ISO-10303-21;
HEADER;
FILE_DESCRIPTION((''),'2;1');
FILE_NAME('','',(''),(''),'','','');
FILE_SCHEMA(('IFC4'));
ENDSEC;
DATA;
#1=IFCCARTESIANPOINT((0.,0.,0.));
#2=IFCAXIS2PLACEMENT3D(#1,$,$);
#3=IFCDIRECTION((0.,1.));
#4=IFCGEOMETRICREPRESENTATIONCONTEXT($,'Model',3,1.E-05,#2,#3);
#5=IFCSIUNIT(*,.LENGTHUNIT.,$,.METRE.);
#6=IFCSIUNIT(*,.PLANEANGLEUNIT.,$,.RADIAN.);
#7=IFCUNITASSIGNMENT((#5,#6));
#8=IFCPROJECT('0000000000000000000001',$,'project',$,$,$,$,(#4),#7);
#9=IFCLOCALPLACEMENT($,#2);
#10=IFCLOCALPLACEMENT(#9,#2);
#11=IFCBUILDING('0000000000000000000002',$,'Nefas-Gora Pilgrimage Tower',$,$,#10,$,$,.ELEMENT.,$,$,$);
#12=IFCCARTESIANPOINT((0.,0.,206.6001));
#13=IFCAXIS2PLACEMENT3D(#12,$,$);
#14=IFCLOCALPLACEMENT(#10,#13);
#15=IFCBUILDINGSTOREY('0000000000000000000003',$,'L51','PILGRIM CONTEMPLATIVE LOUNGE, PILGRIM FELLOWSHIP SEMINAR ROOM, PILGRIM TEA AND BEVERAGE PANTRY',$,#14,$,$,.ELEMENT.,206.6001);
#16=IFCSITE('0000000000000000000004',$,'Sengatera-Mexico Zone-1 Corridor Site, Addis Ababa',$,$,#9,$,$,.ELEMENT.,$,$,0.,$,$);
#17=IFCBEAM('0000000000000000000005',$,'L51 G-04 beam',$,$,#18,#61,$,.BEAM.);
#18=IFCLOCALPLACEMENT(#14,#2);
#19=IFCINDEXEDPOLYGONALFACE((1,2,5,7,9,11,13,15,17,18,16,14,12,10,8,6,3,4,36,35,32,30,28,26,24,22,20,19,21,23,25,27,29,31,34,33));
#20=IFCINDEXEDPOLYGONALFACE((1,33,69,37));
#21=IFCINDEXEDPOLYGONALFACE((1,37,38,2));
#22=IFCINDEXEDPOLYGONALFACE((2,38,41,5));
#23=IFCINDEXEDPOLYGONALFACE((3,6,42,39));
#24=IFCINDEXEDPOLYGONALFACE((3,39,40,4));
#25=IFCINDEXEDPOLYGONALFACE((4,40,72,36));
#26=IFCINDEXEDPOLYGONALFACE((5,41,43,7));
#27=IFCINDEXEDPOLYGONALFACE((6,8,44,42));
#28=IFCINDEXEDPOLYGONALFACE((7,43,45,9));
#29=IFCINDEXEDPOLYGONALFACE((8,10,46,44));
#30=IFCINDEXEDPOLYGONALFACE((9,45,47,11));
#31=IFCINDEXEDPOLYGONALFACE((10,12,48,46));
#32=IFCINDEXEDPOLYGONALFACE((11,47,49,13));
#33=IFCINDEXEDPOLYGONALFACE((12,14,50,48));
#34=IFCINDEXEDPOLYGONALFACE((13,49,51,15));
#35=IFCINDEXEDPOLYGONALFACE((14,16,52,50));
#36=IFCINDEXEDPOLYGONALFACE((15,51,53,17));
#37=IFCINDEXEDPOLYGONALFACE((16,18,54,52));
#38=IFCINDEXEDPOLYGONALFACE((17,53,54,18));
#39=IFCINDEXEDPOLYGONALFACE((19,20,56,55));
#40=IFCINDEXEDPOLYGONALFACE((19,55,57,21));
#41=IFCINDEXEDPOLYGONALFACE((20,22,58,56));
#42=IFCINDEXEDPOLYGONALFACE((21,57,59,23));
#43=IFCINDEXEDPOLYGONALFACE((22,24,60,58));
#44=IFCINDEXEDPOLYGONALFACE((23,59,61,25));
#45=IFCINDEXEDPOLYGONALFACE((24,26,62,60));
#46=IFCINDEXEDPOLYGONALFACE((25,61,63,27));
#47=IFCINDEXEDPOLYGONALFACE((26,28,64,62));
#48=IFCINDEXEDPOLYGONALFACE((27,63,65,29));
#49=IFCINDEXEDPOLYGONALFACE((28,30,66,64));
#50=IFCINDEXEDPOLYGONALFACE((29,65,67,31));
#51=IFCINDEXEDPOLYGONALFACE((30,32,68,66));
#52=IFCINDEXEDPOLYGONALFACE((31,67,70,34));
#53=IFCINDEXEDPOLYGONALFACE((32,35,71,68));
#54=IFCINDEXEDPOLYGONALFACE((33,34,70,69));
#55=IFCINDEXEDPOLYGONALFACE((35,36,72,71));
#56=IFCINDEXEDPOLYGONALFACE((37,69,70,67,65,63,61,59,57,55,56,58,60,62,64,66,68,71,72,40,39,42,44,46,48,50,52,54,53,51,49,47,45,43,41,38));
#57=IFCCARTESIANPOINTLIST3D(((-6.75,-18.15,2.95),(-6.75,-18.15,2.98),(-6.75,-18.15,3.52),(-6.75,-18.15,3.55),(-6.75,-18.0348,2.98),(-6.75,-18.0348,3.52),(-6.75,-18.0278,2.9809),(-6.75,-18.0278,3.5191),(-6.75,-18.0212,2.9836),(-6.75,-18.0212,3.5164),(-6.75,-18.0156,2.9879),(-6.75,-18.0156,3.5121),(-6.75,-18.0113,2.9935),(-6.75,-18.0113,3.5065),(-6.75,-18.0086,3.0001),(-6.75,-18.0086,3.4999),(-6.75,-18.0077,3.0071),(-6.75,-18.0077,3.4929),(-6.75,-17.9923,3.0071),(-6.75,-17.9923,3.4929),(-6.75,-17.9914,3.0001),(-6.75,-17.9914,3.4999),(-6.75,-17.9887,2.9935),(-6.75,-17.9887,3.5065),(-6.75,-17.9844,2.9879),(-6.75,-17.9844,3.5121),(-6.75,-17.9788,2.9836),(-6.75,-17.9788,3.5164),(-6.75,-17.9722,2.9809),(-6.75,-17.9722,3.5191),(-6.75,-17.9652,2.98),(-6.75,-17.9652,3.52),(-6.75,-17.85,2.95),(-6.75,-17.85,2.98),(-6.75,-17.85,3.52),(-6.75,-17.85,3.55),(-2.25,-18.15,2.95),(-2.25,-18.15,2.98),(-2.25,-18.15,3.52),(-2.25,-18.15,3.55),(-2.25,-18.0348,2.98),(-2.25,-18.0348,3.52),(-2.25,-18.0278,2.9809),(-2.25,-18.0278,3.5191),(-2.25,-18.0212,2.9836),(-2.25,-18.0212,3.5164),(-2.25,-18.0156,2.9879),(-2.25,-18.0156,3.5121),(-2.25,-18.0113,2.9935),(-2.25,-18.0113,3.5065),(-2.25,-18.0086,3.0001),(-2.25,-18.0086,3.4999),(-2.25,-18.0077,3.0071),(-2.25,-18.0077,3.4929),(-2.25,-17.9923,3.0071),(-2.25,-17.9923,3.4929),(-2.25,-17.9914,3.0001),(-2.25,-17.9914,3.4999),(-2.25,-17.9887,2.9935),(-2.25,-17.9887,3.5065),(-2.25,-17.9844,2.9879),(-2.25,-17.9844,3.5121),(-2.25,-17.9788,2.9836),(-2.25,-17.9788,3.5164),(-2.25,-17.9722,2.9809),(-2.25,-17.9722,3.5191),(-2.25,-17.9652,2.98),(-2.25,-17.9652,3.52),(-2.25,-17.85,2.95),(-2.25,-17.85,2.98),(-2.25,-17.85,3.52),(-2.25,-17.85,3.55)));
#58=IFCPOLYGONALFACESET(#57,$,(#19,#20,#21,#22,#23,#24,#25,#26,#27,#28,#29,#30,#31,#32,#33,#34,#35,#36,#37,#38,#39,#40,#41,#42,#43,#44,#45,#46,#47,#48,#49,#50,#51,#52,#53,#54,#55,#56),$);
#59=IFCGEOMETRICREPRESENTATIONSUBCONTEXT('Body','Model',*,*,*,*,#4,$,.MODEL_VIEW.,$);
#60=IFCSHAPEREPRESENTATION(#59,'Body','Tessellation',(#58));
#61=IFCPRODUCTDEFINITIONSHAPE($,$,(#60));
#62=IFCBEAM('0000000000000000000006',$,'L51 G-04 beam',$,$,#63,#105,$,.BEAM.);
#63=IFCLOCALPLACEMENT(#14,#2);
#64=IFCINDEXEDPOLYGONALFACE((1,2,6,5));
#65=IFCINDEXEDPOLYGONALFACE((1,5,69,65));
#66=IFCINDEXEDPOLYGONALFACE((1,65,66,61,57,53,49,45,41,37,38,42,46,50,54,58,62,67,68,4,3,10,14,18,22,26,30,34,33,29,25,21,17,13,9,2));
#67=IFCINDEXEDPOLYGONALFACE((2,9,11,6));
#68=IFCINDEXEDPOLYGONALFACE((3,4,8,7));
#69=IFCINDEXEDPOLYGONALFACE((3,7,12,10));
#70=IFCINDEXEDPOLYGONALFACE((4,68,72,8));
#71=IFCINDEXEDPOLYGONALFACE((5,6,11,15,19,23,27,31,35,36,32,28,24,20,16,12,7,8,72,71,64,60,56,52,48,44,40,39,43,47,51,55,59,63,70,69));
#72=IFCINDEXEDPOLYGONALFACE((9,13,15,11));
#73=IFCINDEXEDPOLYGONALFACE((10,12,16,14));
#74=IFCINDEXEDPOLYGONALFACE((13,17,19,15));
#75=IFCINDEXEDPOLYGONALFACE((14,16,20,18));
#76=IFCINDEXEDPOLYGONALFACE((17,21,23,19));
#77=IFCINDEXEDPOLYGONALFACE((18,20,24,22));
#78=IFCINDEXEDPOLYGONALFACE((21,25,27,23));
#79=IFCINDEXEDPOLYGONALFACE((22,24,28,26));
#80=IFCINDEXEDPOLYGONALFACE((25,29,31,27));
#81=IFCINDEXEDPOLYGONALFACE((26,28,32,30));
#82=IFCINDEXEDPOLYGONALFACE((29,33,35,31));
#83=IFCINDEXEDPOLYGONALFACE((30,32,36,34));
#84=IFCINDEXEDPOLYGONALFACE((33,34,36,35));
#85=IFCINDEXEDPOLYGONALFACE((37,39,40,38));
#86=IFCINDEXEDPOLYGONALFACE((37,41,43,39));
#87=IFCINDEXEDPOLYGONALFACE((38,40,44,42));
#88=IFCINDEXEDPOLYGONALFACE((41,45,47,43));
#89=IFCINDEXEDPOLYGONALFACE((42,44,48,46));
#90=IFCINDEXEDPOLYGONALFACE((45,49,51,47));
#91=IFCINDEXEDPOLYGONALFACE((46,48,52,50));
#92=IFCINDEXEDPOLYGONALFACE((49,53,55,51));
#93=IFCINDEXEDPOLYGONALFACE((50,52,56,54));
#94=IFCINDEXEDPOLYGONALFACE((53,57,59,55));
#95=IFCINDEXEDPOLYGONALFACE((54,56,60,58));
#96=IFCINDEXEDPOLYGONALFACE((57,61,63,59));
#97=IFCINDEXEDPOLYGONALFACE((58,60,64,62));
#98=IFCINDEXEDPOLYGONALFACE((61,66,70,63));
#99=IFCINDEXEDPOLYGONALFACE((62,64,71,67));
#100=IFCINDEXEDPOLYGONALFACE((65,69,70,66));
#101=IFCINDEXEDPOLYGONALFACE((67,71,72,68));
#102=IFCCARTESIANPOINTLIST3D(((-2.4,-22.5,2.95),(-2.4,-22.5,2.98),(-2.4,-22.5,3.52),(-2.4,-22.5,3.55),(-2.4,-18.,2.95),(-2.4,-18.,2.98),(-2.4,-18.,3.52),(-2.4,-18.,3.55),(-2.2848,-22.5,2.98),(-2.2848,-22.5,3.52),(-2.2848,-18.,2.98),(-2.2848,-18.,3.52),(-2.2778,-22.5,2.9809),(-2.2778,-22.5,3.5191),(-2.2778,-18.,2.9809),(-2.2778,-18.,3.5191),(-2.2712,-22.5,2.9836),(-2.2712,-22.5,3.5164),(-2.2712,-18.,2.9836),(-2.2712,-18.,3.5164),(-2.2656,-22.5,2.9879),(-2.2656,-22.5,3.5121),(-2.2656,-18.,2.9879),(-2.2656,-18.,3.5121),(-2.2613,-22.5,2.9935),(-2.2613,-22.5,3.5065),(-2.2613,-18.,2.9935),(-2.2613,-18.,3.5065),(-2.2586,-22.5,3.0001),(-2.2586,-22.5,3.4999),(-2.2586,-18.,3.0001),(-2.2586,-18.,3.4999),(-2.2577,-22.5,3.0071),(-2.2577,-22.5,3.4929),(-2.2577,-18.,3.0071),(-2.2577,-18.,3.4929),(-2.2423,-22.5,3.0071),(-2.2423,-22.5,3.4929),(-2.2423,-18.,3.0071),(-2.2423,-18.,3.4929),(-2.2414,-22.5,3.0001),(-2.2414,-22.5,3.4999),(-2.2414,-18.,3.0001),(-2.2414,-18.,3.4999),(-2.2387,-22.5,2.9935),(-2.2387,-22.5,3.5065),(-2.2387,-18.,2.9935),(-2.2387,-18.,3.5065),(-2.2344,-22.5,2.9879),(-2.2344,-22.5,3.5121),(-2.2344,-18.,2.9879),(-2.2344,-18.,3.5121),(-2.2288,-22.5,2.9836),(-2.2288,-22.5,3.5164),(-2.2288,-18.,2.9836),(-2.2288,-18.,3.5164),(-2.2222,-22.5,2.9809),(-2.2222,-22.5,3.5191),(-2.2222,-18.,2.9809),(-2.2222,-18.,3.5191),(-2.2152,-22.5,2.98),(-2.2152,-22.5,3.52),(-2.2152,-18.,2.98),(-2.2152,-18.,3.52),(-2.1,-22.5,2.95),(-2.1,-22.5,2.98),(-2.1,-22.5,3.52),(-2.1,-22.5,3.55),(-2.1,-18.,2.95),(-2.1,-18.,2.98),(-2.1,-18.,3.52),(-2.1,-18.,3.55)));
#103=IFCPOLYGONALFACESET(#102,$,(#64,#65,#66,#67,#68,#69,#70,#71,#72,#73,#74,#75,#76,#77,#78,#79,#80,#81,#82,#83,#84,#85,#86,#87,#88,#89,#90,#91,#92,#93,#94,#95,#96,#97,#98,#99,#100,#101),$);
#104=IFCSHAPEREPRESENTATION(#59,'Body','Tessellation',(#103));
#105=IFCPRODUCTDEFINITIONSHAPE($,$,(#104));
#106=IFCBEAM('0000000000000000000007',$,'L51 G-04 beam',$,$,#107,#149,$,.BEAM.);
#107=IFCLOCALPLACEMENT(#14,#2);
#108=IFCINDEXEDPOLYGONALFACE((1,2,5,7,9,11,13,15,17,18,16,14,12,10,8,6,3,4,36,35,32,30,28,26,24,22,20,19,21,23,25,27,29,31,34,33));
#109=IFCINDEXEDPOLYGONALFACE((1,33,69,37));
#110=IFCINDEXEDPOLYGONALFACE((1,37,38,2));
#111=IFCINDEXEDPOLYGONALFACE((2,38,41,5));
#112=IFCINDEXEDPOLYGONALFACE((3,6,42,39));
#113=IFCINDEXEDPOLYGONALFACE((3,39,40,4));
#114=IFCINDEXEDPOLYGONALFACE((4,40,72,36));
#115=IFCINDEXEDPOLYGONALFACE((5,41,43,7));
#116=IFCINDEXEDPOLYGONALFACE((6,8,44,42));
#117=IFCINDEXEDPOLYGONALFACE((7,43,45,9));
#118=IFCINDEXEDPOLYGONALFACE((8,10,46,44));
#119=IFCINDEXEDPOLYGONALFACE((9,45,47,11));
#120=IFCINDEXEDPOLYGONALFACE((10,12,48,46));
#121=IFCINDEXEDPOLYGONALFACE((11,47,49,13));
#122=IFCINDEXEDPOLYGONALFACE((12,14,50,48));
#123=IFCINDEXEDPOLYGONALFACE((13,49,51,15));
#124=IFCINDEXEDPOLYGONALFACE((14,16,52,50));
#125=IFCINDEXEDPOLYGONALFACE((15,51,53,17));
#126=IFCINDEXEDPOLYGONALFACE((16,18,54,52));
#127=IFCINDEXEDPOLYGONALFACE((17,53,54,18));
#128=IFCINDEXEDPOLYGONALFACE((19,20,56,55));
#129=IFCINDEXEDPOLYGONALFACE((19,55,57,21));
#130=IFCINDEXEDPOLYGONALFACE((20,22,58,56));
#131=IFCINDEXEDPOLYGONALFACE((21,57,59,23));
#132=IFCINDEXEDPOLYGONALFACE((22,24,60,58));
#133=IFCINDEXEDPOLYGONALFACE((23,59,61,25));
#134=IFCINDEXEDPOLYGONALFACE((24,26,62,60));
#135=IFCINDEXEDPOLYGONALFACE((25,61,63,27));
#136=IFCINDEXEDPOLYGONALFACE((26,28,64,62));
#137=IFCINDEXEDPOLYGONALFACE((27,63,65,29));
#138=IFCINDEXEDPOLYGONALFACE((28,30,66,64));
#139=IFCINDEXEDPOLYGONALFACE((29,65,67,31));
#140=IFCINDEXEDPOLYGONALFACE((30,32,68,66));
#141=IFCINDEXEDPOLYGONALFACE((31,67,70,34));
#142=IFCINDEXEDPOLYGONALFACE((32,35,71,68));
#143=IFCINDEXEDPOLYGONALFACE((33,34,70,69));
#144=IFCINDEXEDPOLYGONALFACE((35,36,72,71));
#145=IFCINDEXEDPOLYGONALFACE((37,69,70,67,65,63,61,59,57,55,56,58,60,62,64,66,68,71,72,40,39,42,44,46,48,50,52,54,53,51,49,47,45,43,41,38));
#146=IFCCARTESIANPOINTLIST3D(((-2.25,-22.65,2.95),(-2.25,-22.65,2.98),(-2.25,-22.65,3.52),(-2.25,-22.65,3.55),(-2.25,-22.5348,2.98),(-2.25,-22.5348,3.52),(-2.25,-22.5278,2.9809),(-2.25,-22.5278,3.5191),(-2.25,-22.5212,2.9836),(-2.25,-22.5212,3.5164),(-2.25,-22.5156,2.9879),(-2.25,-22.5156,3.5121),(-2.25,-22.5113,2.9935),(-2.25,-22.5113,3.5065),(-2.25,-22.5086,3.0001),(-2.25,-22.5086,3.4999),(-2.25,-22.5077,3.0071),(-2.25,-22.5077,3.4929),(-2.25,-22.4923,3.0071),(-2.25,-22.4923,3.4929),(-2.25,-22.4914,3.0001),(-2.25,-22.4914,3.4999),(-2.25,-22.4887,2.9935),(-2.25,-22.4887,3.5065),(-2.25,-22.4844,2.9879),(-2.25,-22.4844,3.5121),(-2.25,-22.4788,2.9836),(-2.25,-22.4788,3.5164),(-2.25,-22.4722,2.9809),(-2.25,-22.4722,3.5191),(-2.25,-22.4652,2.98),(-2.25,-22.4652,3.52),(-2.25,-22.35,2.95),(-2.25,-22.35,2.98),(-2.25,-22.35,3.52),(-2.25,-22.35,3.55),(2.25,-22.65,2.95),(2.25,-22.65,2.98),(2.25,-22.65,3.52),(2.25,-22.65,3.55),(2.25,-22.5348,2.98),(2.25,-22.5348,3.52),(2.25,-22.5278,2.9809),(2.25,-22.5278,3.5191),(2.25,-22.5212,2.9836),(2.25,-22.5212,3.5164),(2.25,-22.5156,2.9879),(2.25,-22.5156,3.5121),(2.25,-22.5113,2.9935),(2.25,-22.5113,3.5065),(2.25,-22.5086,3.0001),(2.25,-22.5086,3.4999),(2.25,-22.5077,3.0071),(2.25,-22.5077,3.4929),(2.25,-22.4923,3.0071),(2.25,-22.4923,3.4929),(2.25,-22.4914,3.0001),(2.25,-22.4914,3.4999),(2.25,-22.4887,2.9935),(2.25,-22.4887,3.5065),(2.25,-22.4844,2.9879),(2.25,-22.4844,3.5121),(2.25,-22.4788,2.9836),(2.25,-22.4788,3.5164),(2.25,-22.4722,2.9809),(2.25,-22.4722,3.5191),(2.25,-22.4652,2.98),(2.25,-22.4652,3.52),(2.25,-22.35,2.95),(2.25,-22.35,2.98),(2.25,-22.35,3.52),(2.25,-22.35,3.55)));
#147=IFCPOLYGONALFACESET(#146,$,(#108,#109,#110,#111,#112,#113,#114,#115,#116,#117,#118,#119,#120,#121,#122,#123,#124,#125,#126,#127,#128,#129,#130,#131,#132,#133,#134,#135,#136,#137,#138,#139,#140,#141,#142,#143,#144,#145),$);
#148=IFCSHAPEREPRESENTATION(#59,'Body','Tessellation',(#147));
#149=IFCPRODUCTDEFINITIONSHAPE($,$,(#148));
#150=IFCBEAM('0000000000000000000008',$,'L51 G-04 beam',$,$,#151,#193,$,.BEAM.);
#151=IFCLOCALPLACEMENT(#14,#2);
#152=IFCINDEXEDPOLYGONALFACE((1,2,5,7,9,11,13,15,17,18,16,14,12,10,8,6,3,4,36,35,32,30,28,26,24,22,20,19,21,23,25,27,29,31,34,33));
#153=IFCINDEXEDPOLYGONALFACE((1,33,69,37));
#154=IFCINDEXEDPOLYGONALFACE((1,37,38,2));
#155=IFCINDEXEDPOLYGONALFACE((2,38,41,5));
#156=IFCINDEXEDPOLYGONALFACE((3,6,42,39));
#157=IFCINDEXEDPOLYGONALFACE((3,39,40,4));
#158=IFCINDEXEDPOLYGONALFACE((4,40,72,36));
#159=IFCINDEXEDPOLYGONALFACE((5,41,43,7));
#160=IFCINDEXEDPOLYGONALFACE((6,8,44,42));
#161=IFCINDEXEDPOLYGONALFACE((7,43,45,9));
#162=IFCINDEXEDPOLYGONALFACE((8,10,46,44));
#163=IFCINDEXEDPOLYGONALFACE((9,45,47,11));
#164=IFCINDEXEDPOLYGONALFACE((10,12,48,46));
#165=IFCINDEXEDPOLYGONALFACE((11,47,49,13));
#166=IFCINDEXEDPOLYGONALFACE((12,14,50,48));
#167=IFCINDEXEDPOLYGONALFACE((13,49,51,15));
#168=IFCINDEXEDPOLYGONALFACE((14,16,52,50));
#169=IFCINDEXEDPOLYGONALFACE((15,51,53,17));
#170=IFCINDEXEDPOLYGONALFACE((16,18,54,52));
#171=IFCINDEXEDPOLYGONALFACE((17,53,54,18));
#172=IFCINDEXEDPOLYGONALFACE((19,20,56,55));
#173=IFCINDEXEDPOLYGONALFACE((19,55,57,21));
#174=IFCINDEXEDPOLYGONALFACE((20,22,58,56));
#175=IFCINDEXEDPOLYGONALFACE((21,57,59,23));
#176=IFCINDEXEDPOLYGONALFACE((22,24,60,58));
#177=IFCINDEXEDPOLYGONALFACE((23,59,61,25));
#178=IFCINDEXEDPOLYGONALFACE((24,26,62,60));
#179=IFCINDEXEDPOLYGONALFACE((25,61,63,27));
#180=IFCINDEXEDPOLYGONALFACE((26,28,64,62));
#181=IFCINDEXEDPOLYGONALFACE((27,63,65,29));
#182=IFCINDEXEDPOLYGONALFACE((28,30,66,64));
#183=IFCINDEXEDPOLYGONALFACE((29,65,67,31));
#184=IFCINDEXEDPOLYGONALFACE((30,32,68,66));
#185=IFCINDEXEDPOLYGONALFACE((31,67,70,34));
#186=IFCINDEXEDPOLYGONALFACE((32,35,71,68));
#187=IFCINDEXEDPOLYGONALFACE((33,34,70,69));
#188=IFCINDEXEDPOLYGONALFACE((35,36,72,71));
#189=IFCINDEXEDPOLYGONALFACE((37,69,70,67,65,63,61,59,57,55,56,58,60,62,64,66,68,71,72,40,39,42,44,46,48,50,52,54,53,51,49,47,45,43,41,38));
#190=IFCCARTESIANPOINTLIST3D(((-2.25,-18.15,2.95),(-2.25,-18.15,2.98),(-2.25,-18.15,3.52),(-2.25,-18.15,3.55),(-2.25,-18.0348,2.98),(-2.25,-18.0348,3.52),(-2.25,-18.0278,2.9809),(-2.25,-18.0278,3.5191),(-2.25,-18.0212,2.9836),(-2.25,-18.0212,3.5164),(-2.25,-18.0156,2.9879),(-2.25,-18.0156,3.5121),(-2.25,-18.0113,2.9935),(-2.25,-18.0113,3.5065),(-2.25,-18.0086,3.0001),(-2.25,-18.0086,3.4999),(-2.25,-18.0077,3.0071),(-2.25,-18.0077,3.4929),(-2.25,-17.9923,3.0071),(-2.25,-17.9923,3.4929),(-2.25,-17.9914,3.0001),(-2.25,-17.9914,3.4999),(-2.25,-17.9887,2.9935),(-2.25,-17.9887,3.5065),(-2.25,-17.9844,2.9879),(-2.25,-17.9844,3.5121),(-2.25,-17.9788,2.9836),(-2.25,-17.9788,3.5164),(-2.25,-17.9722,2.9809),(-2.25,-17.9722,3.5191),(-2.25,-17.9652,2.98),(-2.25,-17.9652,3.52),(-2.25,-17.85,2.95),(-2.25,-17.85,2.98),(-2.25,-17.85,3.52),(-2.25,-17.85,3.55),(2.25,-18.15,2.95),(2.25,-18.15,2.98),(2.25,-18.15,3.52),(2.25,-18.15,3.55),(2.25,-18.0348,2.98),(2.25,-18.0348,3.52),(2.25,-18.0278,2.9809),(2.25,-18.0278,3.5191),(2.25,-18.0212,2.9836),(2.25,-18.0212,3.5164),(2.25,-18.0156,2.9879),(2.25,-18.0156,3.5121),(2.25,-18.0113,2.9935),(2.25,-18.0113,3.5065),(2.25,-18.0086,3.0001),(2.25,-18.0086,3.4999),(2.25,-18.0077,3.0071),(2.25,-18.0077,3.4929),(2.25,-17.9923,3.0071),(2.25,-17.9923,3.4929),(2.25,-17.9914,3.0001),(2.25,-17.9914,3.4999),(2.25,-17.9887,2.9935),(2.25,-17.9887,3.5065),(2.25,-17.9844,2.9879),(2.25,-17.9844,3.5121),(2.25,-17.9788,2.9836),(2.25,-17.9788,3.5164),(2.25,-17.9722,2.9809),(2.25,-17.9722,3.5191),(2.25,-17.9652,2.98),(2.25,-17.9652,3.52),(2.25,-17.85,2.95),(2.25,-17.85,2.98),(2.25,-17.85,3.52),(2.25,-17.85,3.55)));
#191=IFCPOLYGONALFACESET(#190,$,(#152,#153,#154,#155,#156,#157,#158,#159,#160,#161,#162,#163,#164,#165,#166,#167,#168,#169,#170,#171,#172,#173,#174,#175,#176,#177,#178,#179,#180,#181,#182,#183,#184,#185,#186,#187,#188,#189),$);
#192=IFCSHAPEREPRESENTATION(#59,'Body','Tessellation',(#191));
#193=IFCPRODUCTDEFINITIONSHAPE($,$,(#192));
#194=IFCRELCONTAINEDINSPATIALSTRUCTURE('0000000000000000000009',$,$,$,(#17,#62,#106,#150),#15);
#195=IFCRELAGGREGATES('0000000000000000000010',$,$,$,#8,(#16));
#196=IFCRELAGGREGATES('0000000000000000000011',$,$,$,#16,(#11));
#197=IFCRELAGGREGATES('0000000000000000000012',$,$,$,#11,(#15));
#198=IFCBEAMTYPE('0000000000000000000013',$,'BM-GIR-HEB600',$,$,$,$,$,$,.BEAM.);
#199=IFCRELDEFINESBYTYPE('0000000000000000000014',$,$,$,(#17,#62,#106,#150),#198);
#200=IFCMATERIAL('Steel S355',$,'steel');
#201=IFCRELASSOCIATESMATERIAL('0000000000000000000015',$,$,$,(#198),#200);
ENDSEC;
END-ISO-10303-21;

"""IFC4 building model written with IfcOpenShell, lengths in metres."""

from ifc_helpers import new_model, si_unit, direction, frame, origin, origin_2d, place, context, subcontext, project, spatial, i_section, extrude, source, transform, mapped, material, material_profile, profile_set, type_object, element, save


model = new_model("IFC4")

# Units and contexts
model_context = context("Model", 3, precision=1e-05, world=origin(), true_north=direction((0.0, 1.0)))
body_context = subcontext(model_context, "Body", "Model", "MODEL_VIEW")
ifc_project = project(units=[si_unit("LENGTHUNIT", "METRE"), si_unit("PLANEANGLEUNIT", "RADIAN")], contexts=[model_context])

# Site, building, storey
site_placement = place(None, origin())
site = spatial("IfcSite", under=ifc_project, at=site_placement, Name="Sengatera-Mexico Zone-1 Corridor Site, Addis Ababa", CompositionType="ELEMENT", RefElevation=0.0)
building_placement = place(site_placement, origin())
building = spatial("IfcBuilding", under=site, at=building_placement, Name="Nefas-Gora Pilgrimage Tower", CompositionType="ELEMENT")
storey_placement = place(building_placement, frame((0.0, 0.0, 206.6001)))
storey = spatial("IfcBuildingStorey", under=building, at=storey_placement, Name="L51", Description="PILGRIM CONTEMPLATIVE LOUNGE, PILGRIM FELLOWSHIP SEMINAR ROOM, PILGRIM TEA AND BEVERAGE PANTRY", CompositionType="ELEMENT", Elevation=206.6001)

# Beams
ifc_material_1 = material(Name="Steel S355", Category="steel")
ifc_material_profile_1 = material_profile(ifc_material_1, i_section(OverallWidth=0.3, OverallDepth=0.6001, WebThickness=0.0154, FlangeThickness=0.03, FilletRadius=0.0271, at=origin_2d()), Name="HEB 600")
ifc_profile_set_1 = profile_set([ifc_material_profile_1], Name="Steel S355")
beam_type = type_object("IfcBeamType", Name="BM-GIR-HEB600", PredefinedType="BEAM", material=ifc_profile_set_1)
shared_shape_1 = source(origin(), body_context, "Body", "SweptSolid", [
    extrude(i_section(OverallWidth=0.3, OverallDepth=0.6001, WebThickness=0.0154, FlangeThickness=0.03, FilletRadius=0.0271, at=origin_2d()), origin(), (0.0, 0.0, 1.0), 4.5),
])
for number, where, z_axis, x_axis, name in (
    (1, (-6.75, -18.0, 3.25), (1.0, 0.0, 0.0), (0.0, 1.0, 0.0), "L51 G-04 beam"),
    (2, (-2.25, -22.5, 3.25), (0.0, 1.0, 0.0), (-1.0, 0.0, 0.0), "L51 G-04 beam"),
    (3, (-2.25, -22.5, 3.25), (1.0, 0.0, 0.0), (0.0, 1.0, 0.0), "L51 G-04 beam"),
    (4, (-2.25, -18.0, 3.25), (1.0, 0.0, 0.0), (0.0, 1.0, 0.0), "L51 G-04 beam"),
):
    element("IfcBeam", number, at=place(storey_placement, frame(where, z_axis=z_axis, x_axis=x_axis)), inside=storey, type_object=beam_type, Name=name, PredefinedType="BEAM", context=body_context, shape_type="MappedRepresentation", body=[
        mapped(shared_shape_1, transform((0.0, 0.0, 0.0), x_axis=(1.0, 0.0, 0.0), y_axis=(0.0, 1.0, 0.0), z_axis=(0.0, 0.0, 1.0), scale=1.0)),
    ])

save(model, "model.ifc")
